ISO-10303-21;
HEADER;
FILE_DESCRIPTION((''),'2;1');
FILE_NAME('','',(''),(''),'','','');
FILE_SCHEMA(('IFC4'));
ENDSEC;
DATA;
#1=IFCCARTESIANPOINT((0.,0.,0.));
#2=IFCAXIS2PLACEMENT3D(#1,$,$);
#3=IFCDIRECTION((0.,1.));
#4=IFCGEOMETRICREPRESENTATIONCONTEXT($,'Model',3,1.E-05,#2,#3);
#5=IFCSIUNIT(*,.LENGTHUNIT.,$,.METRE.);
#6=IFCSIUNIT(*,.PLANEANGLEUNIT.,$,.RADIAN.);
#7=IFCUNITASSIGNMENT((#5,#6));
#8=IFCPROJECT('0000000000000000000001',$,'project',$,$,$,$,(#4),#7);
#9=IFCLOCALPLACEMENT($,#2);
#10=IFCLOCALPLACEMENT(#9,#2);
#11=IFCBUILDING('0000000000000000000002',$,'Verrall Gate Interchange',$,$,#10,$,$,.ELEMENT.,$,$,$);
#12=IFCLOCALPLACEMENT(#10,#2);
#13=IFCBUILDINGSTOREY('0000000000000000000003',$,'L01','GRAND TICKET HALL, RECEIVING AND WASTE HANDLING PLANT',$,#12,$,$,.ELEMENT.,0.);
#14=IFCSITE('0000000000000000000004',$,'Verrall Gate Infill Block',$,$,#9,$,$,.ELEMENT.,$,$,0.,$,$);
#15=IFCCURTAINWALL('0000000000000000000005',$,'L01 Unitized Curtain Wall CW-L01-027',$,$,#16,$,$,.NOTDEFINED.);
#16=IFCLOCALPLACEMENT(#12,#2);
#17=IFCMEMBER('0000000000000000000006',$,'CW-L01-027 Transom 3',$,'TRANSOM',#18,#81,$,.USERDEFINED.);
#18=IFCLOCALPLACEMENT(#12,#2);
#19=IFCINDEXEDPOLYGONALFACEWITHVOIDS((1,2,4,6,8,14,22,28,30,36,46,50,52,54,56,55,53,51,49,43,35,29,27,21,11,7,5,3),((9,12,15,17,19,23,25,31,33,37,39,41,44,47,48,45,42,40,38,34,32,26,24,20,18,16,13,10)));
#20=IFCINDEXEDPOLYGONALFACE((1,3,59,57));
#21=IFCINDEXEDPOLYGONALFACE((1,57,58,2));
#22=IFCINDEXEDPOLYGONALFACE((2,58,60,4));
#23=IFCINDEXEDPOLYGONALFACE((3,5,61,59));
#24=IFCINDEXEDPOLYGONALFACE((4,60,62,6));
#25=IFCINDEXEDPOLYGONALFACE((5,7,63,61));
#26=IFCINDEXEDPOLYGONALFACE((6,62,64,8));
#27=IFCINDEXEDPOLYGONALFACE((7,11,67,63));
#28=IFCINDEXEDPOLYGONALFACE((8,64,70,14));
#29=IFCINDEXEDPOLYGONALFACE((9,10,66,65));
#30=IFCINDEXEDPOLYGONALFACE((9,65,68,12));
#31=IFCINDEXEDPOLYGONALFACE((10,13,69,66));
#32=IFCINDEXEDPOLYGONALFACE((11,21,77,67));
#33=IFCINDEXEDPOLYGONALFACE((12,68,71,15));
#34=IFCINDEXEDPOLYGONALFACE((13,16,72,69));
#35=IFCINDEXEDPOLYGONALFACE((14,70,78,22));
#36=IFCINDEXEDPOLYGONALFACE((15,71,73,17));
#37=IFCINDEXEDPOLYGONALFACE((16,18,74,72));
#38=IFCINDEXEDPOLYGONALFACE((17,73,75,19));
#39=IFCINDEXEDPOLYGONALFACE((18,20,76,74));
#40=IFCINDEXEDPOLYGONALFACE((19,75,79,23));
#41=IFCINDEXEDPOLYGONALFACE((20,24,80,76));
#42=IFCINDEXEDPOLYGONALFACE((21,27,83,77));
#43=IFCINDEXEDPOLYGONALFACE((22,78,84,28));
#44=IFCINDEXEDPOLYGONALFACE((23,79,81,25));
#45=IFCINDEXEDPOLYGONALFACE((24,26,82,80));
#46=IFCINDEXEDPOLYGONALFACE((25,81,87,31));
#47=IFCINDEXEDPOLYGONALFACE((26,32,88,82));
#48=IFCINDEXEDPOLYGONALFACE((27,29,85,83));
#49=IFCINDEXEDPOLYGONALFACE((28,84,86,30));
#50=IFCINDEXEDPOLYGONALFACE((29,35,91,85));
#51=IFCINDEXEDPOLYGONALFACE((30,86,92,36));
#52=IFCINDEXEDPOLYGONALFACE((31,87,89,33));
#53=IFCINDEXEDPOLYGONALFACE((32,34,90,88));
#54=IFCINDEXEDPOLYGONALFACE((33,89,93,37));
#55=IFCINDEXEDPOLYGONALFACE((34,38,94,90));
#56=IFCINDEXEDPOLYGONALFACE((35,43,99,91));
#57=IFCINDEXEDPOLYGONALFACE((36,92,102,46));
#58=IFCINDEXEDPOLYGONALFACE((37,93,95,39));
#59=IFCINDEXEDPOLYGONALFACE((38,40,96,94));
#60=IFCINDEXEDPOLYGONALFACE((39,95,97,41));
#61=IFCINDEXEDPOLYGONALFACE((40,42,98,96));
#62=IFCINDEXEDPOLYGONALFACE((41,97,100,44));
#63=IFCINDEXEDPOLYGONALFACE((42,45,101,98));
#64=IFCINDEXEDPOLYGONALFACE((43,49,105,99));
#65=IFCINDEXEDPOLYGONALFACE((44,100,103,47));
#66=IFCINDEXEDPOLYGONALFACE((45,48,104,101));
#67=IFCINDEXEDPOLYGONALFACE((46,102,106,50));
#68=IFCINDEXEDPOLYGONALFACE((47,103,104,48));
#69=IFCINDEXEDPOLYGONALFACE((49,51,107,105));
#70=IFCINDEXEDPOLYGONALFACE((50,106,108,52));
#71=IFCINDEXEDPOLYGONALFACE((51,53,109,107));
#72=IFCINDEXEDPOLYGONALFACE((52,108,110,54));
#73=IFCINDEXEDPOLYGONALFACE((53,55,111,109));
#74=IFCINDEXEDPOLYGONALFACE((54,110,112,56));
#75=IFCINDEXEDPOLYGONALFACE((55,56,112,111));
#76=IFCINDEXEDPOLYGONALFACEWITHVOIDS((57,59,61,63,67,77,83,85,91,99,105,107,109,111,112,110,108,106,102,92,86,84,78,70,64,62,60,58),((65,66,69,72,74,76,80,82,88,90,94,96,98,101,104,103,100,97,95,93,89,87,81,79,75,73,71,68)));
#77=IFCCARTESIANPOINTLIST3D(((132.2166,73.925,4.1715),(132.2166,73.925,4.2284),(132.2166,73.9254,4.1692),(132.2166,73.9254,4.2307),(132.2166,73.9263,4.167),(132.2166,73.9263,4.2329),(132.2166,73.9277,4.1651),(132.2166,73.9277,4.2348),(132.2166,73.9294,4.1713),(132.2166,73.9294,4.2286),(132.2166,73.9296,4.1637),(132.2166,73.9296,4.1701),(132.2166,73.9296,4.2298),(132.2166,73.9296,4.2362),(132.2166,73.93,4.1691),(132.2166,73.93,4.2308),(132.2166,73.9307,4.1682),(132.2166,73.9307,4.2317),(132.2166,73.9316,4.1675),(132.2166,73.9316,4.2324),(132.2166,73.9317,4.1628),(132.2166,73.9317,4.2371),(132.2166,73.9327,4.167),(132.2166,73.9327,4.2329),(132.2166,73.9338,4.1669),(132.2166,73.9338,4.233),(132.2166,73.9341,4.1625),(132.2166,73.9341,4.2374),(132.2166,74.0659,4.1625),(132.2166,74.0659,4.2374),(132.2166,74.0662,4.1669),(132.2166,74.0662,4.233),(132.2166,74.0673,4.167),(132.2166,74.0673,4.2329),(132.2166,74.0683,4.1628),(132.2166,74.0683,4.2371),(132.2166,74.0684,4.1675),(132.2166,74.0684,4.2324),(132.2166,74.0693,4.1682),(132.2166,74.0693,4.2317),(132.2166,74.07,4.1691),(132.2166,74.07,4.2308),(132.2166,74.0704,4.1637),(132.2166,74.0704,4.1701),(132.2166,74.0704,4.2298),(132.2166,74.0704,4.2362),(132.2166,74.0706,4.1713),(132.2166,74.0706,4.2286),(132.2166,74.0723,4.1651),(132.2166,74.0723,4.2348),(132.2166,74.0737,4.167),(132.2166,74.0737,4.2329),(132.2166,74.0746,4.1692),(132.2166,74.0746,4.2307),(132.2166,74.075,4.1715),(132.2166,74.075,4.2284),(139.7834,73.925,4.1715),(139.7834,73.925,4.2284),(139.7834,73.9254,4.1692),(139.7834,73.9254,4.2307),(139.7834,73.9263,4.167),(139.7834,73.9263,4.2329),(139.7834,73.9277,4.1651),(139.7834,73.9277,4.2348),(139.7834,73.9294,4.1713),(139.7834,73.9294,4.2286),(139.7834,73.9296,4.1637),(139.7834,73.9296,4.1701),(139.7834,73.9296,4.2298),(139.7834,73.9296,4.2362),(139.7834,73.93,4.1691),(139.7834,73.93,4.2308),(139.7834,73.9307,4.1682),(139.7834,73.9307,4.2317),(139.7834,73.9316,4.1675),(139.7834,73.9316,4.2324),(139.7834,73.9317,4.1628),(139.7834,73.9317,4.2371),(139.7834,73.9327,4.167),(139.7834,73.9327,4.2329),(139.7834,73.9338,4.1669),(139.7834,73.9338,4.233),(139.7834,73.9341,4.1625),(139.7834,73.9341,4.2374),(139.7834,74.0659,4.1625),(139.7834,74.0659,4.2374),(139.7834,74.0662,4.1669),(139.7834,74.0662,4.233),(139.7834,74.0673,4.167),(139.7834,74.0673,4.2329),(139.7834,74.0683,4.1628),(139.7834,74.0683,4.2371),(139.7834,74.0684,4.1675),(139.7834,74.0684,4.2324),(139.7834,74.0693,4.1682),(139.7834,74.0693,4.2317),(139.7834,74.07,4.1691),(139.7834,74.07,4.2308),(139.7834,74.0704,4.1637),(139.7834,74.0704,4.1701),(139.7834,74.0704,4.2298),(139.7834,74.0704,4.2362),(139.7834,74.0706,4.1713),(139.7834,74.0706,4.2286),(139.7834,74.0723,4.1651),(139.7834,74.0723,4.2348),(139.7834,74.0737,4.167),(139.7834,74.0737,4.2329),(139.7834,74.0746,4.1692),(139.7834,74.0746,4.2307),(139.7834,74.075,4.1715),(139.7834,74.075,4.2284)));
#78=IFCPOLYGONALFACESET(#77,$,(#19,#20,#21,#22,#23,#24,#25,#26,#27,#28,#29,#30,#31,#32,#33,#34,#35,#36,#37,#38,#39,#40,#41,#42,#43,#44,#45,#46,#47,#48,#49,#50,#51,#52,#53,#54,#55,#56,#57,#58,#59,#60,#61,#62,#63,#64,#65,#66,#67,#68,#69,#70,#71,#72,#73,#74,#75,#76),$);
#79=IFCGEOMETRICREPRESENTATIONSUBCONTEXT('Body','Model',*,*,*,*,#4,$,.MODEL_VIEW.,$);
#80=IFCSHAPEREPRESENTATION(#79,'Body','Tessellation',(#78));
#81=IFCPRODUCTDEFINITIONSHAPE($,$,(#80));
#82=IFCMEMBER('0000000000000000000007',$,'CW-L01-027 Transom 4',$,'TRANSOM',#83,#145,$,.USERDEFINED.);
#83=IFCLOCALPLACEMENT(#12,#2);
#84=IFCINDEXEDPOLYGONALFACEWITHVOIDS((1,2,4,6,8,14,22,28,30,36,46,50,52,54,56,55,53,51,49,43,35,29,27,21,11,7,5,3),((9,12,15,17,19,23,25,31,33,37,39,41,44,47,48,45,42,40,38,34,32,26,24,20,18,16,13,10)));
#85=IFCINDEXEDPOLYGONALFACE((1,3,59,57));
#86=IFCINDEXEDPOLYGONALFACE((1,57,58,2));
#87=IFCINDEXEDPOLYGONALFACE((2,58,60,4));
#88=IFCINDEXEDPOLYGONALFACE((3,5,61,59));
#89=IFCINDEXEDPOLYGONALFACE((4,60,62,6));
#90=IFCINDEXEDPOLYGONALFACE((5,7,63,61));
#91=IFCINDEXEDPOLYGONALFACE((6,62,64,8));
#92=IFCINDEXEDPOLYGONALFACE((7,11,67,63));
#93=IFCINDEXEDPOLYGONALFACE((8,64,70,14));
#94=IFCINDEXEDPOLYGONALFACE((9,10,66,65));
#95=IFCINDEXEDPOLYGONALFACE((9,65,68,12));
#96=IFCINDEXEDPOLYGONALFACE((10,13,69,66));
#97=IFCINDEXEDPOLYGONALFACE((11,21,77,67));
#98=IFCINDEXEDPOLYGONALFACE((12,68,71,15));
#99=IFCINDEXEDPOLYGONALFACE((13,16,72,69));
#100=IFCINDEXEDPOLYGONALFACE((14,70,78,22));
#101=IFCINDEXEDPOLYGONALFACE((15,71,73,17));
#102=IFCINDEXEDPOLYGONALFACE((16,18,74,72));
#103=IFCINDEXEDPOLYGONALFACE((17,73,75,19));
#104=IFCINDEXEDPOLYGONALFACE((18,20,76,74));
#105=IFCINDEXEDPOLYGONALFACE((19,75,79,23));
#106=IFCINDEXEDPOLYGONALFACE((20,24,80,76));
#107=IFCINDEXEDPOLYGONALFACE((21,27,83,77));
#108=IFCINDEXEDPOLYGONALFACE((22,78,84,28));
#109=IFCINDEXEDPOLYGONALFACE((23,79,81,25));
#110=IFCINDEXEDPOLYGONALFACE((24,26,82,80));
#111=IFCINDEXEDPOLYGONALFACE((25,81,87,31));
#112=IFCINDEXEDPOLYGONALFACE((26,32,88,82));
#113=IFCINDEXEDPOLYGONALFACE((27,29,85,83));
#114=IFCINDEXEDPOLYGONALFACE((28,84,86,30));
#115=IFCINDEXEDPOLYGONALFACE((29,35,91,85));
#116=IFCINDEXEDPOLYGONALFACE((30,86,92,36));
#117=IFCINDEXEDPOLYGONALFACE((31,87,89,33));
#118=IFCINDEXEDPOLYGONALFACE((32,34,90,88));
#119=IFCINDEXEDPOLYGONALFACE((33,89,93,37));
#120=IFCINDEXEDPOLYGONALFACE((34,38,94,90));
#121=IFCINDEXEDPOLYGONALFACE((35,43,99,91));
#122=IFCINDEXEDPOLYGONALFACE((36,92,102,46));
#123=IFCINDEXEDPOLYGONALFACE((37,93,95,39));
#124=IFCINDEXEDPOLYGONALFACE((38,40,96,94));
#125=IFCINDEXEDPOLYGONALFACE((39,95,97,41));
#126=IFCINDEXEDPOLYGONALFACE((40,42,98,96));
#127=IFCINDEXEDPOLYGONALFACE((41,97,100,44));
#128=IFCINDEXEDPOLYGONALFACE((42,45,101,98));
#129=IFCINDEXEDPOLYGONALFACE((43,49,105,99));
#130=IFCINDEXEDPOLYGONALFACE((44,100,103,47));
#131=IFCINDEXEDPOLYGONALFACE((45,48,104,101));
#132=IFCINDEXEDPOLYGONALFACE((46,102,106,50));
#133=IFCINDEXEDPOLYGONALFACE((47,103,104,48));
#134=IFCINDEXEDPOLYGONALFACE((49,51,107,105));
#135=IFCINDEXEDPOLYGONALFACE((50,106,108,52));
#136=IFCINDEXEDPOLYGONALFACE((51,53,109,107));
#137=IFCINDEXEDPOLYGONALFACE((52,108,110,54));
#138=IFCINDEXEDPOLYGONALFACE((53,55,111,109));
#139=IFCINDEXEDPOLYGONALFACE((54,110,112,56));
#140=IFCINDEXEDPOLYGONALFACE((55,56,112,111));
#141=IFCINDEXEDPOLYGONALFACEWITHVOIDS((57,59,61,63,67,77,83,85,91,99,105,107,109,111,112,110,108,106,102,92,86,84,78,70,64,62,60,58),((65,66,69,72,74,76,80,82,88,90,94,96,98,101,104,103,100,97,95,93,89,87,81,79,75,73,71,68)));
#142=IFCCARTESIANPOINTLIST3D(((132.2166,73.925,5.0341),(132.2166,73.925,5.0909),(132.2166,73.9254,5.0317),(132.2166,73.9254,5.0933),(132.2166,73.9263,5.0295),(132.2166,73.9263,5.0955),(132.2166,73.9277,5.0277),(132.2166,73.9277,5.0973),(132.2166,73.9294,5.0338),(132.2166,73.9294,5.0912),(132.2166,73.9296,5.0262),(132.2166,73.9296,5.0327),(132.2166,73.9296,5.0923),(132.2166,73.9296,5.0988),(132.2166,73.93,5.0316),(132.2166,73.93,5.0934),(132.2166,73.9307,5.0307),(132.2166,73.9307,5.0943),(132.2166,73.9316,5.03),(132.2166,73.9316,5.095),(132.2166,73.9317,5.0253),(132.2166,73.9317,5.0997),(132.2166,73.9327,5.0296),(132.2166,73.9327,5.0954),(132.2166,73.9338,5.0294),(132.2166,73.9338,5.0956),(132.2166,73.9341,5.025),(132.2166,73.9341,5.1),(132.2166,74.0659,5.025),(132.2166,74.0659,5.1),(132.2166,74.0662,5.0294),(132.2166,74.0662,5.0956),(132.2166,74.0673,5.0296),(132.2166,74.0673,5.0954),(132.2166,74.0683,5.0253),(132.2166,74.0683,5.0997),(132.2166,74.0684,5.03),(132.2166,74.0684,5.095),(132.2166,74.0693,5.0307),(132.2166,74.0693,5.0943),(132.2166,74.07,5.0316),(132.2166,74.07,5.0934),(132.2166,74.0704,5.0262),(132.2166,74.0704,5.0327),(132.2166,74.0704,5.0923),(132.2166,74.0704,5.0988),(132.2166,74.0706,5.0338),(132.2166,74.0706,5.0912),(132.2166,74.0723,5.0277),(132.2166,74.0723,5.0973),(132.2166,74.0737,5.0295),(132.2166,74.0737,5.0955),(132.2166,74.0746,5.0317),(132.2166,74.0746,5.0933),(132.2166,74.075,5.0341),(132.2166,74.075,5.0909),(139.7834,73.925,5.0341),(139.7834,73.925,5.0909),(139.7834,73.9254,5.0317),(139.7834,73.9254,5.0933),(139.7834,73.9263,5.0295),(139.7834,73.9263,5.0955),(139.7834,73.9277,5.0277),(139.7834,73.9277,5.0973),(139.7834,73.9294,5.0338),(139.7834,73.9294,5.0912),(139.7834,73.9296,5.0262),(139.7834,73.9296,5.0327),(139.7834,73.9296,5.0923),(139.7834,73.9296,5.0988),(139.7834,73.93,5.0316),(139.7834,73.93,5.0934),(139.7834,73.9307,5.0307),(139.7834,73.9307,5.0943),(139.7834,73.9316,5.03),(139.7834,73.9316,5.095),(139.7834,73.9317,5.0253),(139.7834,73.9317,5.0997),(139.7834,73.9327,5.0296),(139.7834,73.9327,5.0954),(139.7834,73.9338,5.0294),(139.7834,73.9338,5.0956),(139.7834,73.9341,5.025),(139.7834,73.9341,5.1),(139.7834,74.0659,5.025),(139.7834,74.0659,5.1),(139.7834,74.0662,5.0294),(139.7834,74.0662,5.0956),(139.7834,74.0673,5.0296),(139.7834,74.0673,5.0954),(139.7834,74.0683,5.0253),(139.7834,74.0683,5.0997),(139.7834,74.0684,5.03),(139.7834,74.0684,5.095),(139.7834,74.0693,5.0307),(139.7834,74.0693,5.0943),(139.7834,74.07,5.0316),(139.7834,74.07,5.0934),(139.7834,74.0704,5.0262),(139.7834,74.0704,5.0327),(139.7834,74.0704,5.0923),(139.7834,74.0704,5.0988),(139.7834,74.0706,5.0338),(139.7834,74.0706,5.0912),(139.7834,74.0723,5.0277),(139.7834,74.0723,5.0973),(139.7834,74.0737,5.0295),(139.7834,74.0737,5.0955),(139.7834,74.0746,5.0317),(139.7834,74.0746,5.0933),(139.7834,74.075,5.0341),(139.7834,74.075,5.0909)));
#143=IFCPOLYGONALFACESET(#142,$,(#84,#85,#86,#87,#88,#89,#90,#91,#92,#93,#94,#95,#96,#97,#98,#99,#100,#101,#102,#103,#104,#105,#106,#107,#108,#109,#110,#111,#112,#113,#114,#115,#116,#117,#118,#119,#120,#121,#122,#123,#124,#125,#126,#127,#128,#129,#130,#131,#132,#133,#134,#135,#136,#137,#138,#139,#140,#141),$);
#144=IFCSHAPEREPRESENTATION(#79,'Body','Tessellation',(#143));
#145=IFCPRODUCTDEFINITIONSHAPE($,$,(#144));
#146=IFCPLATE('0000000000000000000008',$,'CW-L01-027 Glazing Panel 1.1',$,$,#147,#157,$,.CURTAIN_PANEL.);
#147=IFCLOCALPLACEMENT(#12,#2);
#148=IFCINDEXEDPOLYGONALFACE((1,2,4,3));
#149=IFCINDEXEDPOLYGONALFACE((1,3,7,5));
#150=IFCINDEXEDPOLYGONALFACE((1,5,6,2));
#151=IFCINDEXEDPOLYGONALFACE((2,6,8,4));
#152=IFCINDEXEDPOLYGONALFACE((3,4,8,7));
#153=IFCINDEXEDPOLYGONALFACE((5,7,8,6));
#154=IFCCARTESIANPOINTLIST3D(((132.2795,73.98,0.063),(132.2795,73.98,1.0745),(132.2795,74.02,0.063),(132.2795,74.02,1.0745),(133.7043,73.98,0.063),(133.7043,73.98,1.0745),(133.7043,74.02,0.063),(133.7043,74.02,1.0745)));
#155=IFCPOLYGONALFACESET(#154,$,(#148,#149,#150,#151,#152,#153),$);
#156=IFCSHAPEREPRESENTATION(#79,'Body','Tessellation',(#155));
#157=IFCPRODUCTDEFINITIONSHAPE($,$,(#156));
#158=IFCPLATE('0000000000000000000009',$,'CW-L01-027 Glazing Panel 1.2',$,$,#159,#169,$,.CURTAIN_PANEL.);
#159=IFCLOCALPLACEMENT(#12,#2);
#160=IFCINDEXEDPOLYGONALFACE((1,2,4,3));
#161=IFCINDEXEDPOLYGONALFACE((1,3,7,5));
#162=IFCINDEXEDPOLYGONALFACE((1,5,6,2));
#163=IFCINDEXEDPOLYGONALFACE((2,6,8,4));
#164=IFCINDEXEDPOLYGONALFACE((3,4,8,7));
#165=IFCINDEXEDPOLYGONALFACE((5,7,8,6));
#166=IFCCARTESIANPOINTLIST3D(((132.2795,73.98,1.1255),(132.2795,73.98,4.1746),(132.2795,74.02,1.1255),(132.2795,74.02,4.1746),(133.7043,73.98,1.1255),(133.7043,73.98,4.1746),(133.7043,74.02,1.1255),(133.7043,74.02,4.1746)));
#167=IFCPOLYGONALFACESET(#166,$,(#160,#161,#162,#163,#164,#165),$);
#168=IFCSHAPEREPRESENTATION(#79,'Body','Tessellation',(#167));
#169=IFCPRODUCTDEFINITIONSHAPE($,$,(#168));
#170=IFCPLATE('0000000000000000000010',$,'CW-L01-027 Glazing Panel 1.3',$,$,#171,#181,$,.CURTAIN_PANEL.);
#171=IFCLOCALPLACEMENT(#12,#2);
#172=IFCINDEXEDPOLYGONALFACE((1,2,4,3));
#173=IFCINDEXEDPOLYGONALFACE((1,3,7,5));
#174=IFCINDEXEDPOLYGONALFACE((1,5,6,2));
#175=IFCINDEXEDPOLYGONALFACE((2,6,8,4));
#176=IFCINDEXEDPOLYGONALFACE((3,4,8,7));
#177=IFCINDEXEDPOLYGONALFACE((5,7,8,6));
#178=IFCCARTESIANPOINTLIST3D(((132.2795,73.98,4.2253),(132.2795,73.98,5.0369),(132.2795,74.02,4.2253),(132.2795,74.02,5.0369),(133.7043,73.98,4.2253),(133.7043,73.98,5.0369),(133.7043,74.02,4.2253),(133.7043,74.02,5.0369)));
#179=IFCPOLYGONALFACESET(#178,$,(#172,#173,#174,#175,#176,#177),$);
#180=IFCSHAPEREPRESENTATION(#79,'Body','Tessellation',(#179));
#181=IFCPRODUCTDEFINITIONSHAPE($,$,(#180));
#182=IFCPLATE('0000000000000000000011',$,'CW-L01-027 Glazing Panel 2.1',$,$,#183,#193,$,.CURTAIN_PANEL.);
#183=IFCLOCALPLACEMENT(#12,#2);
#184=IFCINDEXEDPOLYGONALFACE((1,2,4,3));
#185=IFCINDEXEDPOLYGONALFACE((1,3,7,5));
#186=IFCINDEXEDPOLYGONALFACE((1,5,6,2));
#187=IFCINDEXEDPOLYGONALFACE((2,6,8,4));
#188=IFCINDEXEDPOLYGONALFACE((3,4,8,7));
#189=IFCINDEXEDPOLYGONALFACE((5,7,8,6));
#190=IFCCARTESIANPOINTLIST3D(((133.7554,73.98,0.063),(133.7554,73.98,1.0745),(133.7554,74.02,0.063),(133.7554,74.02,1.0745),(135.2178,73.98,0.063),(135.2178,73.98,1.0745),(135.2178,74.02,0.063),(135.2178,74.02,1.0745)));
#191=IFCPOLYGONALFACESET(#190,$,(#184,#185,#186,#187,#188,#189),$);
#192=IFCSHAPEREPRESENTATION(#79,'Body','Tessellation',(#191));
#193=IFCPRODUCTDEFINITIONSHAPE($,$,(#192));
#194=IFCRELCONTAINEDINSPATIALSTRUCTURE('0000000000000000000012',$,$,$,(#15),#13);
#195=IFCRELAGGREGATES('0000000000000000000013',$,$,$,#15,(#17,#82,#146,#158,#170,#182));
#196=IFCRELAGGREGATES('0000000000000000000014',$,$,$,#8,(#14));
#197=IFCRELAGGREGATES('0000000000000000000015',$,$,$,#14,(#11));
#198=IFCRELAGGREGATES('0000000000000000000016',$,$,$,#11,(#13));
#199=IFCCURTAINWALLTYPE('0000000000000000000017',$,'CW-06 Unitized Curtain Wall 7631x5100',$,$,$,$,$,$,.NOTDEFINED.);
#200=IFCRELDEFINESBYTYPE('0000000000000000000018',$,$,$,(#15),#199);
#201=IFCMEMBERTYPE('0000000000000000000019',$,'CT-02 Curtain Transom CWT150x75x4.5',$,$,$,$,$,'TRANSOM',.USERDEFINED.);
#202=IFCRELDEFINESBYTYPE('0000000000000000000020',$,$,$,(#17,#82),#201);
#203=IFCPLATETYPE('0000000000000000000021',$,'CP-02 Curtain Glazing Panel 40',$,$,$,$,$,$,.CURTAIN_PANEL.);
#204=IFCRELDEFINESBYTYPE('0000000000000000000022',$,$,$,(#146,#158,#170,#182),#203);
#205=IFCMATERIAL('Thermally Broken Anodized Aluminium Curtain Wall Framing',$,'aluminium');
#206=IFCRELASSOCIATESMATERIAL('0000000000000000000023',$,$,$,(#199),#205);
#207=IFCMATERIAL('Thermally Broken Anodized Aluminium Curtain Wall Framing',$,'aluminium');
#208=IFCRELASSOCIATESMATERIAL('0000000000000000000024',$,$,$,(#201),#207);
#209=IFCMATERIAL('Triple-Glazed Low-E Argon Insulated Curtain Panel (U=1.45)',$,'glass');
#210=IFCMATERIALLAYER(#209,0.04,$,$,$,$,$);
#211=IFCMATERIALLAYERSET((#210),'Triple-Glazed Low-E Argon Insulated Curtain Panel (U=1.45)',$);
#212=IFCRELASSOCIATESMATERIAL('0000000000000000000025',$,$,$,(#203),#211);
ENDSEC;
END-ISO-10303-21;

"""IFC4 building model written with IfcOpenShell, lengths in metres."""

from ifc_helpers import new_model, si_unit, direction, frame, origin, origin_2d, place, context, subcontext, project, spatial, rectangle, hollow_rectangle, extrude, material, layer, layer_set, material_profile, profile_set, type_object, element, aggregate, save


model = new_model("IFC4")

# Units and contexts
model_context = context("Model", 3, precision=1e-05, world=origin(), true_north=direction((0.0, 1.0)))
body_context = subcontext(model_context, "Body", "Model", "MODEL_VIEW")
ifc_project = project(units=[si_unit("LENGTHUNIT", "METRE"), si_unit("PLANEANGLEUNIT", "RADIAN")], contexts=[model_context])

# Site, building, storey
site_placement = place(None, origin())
site = spatial("IfcSite", under=ifc_project, at=site_placement, Name="Verrall Gate Infill Block", CompositionType="ELEMENT", RefElevation=0.0)
building_placement = place(site_placement, origin())
building = spatial("IfcBuilding", under=site, at=building_placement, Name="Verrall Gate Interchange", CompositionType="ELEMENT")
storey_placement = place(building_placement, origin())
storey = spatial("IfcBuildingStorey", under=building, at=storey_placement, Name="L01", Description="GRAND TICKET HALL, RECEIVING AND WASTE HANDLING PLANT", CompositionType="ELEMENT", Elevation=0.0)

# Curtain wall, members, plates
ifc_material_1 = material(Name="Thermally Broken Anodized Aluminium Curtain Wall Framing", Category="aluminium")
curtain_wall_type = type_object("IfcCurtainWallType", Name="CW-06 Unitized Curtain Wall 7631x5100", PredefinedType="NOTDEFINED", material=ifc_material_1)
curtain_wall_placement = place(storey_placement, origin())
curtain_wall = element("IfcCurtainWall", 1, at=curtain_wall_placement, inside=storey, type_object=curtain_wall_type, Name="L01 Unitized Curtain Wall CW-L01-027", PredefinedType="NOTDEFINED")
ifc_material_2 = material(Name="Thermally Broken Anodized Aluminium Curtain Wall Framing", Category="aluminium")
ifc_material_profile_1 = material_profile(ifc_material_2, hollow_rectangle(XDim=0.1499, YDim=0.075, WallThickness=0.0044, InnerFilletRadius=0.0044, OuterFilletRadius=0.009, at=origin_2d()), Name="CWT150x75x4.5")
ifc_profile_set_1 = profile_set([ifc_material_profile_1], Name="Thermally Broken Anodized Aluminium Curtain Wall Framing")
member_type_1 = type_object("IfcMemberType", Name="CT-02 Curtain Transom CWT150x75x4.5", ElementType="TRANSOM", PredefinedType="USERDEFINED", material=ifc_profile_set_1)
member_1_placement = place(storey_placement, frame((132.2166, 74.0, 4.2), z_axis=(1.0, 0.0, 0.0), x_axis=(0.0, 1.0, 0.0)))
member_1 = element("IfcMember", 2, at=member_1_placement, type_object=member_type_1, Name="CW-L01-027 Transom 3", ObjectType="TRANSOM", PredefinedType="USERDEFINED", context=body_context, shape_type="SweptSolid", body=[
    extrude(hollow_rectangle(XDim=0.1499, YDim=0.075, WallThickness=0.0044, InnerFilletRadius=0.0044, OuterFilletRadius=0.009, at=origin_2d()), origin(), (0.0, 0.0, 1.0), 7.5669),
])
member_2_placement = place(storey_placement, frame((132.2166, 74.0, 5.0625), z_axis=(1.0, 0.0, 0.0), x_axis=(0.0, 1.0, 0.0)))
member_2 = element("IfcMember", 3, at=member_2_placement, type_object=member_type_1, Name="CW-L01-027 Transom 4", ObjectType="TRANSOM", PredefinedType="USERDEFINED", context=body_context, shape_type="SweptSolid", body=[
    extrude(hollow_rectangle(XDim=0.1499, YDim=0.075, WallThickness=0.0044, InnerFilletRadius=0.0044, OuterFilletRadius=0.009, at=origin_2d()), origin(), (0.0, 0.0, 1.0), 7.5669),
])
ifc_material_3 = material(Name="Triple-Glazed Low-E Argon Insulated Curtain Panel (U=1.45)", Category="glass")
ifc_layer = layer(ifc_material_3, 0.04)
ifc_layer_set = layer_set([ifc_layer], Name="Triple-Glazed Low-E Argon Insulated Curtain Panel (U=1.45)")
plate_type = type_object("IfcPlateType", Name="CP-02 Curtain Glazing Panel 40", PredefinedType="CURTAIN_PANEL", material=ifc_layer_set)
plate_1_placement = place(storey_placement, frame((132.9919, 74.0, 0.063), z_axis=(0.0, 0.0, 1.0), x_axis=(1.0, 0.0, 0.0)))
plate_1 = element("IfcPlate", 4, at=plate_1_placement, type_object=plate_type, Name="CW-L01-027 Glazing Panel 1.1", PredefinedType="CURTAIN_PANEL", context=body_context, shape_type="SweptSolid", body=[
    extrude(rectangle(XDim=1.4248, YDim=0.04, at=origin_2d()), origin(), (0.0, 0.0, 1.0), 1.0115),
])
plate_2_placement = place(storey_placement, frame((132.9919, 74.0, 1.1255), z_axis=(0.0, 0.0, 1.0), x_axis=(1.0, 0.0, 0.0)))
plate_2 = element("IfcPlate", 5, at=plate_2_placement, type_object=plate_type, Name="CW-L01-027 Glazing Panel 1.2", PredefinedType="CURTAIN_PANEL", context=body_context, shape_type="SweptSolid", body=[
    extrude(rectangle(XDim=1.4248, YDim=0.04, at=origin_2d()), origin(), (0.0, 0.0, 1.0), 3.0491),
])
plate_3_placement = place(storey_placement, frame((132.9919, 74.0, 4.2253), z_axis=(0.0, 0.0, 1.0), x_axis=(1.0, 0.0, 0.0)))
plate_3 = element("IfcPlate", 6, at=plate_3_placement, type_object=plate_type, Name="CW-L01-027 Glazing Panel 1.3", PredefinedType="CURTAIN_PANEL", context=body_context, shape_type="SweptSolid", body=[
    extrude(rectangle(XDim=1.4248, YDim=0.04, at=origin_2d()), origin(), (0.0, 0.0, 1.0), 0.8115),
])
plate_4_placement = place(storey_placement, frame((134.4866, 74.0, 0.063), z_axis=(0.0, 0.0, 1.0), x_axis=(1.0, 0.0, 0.0)))
plate_4 = element("IfcPlate", 7, at=plate_4_placement, type_object=plate_type, Name="CW-L01-027 Glazing Panel 2.1", PredefinedType="CURTAIN_PANEL", context=body_context, shape_type="SweptSolid", body=[
    extrude(rectangle(XDim=1.4624, YDim=0.04, at=origin_2d()), origin(), (0.0, 0.0, 1.0), 1.0115),
])
aggregate(curtain_wall, [member_1, member_2, plate_1, plate_2, plate_3, plate_4])

save(model, "model.ifc")
